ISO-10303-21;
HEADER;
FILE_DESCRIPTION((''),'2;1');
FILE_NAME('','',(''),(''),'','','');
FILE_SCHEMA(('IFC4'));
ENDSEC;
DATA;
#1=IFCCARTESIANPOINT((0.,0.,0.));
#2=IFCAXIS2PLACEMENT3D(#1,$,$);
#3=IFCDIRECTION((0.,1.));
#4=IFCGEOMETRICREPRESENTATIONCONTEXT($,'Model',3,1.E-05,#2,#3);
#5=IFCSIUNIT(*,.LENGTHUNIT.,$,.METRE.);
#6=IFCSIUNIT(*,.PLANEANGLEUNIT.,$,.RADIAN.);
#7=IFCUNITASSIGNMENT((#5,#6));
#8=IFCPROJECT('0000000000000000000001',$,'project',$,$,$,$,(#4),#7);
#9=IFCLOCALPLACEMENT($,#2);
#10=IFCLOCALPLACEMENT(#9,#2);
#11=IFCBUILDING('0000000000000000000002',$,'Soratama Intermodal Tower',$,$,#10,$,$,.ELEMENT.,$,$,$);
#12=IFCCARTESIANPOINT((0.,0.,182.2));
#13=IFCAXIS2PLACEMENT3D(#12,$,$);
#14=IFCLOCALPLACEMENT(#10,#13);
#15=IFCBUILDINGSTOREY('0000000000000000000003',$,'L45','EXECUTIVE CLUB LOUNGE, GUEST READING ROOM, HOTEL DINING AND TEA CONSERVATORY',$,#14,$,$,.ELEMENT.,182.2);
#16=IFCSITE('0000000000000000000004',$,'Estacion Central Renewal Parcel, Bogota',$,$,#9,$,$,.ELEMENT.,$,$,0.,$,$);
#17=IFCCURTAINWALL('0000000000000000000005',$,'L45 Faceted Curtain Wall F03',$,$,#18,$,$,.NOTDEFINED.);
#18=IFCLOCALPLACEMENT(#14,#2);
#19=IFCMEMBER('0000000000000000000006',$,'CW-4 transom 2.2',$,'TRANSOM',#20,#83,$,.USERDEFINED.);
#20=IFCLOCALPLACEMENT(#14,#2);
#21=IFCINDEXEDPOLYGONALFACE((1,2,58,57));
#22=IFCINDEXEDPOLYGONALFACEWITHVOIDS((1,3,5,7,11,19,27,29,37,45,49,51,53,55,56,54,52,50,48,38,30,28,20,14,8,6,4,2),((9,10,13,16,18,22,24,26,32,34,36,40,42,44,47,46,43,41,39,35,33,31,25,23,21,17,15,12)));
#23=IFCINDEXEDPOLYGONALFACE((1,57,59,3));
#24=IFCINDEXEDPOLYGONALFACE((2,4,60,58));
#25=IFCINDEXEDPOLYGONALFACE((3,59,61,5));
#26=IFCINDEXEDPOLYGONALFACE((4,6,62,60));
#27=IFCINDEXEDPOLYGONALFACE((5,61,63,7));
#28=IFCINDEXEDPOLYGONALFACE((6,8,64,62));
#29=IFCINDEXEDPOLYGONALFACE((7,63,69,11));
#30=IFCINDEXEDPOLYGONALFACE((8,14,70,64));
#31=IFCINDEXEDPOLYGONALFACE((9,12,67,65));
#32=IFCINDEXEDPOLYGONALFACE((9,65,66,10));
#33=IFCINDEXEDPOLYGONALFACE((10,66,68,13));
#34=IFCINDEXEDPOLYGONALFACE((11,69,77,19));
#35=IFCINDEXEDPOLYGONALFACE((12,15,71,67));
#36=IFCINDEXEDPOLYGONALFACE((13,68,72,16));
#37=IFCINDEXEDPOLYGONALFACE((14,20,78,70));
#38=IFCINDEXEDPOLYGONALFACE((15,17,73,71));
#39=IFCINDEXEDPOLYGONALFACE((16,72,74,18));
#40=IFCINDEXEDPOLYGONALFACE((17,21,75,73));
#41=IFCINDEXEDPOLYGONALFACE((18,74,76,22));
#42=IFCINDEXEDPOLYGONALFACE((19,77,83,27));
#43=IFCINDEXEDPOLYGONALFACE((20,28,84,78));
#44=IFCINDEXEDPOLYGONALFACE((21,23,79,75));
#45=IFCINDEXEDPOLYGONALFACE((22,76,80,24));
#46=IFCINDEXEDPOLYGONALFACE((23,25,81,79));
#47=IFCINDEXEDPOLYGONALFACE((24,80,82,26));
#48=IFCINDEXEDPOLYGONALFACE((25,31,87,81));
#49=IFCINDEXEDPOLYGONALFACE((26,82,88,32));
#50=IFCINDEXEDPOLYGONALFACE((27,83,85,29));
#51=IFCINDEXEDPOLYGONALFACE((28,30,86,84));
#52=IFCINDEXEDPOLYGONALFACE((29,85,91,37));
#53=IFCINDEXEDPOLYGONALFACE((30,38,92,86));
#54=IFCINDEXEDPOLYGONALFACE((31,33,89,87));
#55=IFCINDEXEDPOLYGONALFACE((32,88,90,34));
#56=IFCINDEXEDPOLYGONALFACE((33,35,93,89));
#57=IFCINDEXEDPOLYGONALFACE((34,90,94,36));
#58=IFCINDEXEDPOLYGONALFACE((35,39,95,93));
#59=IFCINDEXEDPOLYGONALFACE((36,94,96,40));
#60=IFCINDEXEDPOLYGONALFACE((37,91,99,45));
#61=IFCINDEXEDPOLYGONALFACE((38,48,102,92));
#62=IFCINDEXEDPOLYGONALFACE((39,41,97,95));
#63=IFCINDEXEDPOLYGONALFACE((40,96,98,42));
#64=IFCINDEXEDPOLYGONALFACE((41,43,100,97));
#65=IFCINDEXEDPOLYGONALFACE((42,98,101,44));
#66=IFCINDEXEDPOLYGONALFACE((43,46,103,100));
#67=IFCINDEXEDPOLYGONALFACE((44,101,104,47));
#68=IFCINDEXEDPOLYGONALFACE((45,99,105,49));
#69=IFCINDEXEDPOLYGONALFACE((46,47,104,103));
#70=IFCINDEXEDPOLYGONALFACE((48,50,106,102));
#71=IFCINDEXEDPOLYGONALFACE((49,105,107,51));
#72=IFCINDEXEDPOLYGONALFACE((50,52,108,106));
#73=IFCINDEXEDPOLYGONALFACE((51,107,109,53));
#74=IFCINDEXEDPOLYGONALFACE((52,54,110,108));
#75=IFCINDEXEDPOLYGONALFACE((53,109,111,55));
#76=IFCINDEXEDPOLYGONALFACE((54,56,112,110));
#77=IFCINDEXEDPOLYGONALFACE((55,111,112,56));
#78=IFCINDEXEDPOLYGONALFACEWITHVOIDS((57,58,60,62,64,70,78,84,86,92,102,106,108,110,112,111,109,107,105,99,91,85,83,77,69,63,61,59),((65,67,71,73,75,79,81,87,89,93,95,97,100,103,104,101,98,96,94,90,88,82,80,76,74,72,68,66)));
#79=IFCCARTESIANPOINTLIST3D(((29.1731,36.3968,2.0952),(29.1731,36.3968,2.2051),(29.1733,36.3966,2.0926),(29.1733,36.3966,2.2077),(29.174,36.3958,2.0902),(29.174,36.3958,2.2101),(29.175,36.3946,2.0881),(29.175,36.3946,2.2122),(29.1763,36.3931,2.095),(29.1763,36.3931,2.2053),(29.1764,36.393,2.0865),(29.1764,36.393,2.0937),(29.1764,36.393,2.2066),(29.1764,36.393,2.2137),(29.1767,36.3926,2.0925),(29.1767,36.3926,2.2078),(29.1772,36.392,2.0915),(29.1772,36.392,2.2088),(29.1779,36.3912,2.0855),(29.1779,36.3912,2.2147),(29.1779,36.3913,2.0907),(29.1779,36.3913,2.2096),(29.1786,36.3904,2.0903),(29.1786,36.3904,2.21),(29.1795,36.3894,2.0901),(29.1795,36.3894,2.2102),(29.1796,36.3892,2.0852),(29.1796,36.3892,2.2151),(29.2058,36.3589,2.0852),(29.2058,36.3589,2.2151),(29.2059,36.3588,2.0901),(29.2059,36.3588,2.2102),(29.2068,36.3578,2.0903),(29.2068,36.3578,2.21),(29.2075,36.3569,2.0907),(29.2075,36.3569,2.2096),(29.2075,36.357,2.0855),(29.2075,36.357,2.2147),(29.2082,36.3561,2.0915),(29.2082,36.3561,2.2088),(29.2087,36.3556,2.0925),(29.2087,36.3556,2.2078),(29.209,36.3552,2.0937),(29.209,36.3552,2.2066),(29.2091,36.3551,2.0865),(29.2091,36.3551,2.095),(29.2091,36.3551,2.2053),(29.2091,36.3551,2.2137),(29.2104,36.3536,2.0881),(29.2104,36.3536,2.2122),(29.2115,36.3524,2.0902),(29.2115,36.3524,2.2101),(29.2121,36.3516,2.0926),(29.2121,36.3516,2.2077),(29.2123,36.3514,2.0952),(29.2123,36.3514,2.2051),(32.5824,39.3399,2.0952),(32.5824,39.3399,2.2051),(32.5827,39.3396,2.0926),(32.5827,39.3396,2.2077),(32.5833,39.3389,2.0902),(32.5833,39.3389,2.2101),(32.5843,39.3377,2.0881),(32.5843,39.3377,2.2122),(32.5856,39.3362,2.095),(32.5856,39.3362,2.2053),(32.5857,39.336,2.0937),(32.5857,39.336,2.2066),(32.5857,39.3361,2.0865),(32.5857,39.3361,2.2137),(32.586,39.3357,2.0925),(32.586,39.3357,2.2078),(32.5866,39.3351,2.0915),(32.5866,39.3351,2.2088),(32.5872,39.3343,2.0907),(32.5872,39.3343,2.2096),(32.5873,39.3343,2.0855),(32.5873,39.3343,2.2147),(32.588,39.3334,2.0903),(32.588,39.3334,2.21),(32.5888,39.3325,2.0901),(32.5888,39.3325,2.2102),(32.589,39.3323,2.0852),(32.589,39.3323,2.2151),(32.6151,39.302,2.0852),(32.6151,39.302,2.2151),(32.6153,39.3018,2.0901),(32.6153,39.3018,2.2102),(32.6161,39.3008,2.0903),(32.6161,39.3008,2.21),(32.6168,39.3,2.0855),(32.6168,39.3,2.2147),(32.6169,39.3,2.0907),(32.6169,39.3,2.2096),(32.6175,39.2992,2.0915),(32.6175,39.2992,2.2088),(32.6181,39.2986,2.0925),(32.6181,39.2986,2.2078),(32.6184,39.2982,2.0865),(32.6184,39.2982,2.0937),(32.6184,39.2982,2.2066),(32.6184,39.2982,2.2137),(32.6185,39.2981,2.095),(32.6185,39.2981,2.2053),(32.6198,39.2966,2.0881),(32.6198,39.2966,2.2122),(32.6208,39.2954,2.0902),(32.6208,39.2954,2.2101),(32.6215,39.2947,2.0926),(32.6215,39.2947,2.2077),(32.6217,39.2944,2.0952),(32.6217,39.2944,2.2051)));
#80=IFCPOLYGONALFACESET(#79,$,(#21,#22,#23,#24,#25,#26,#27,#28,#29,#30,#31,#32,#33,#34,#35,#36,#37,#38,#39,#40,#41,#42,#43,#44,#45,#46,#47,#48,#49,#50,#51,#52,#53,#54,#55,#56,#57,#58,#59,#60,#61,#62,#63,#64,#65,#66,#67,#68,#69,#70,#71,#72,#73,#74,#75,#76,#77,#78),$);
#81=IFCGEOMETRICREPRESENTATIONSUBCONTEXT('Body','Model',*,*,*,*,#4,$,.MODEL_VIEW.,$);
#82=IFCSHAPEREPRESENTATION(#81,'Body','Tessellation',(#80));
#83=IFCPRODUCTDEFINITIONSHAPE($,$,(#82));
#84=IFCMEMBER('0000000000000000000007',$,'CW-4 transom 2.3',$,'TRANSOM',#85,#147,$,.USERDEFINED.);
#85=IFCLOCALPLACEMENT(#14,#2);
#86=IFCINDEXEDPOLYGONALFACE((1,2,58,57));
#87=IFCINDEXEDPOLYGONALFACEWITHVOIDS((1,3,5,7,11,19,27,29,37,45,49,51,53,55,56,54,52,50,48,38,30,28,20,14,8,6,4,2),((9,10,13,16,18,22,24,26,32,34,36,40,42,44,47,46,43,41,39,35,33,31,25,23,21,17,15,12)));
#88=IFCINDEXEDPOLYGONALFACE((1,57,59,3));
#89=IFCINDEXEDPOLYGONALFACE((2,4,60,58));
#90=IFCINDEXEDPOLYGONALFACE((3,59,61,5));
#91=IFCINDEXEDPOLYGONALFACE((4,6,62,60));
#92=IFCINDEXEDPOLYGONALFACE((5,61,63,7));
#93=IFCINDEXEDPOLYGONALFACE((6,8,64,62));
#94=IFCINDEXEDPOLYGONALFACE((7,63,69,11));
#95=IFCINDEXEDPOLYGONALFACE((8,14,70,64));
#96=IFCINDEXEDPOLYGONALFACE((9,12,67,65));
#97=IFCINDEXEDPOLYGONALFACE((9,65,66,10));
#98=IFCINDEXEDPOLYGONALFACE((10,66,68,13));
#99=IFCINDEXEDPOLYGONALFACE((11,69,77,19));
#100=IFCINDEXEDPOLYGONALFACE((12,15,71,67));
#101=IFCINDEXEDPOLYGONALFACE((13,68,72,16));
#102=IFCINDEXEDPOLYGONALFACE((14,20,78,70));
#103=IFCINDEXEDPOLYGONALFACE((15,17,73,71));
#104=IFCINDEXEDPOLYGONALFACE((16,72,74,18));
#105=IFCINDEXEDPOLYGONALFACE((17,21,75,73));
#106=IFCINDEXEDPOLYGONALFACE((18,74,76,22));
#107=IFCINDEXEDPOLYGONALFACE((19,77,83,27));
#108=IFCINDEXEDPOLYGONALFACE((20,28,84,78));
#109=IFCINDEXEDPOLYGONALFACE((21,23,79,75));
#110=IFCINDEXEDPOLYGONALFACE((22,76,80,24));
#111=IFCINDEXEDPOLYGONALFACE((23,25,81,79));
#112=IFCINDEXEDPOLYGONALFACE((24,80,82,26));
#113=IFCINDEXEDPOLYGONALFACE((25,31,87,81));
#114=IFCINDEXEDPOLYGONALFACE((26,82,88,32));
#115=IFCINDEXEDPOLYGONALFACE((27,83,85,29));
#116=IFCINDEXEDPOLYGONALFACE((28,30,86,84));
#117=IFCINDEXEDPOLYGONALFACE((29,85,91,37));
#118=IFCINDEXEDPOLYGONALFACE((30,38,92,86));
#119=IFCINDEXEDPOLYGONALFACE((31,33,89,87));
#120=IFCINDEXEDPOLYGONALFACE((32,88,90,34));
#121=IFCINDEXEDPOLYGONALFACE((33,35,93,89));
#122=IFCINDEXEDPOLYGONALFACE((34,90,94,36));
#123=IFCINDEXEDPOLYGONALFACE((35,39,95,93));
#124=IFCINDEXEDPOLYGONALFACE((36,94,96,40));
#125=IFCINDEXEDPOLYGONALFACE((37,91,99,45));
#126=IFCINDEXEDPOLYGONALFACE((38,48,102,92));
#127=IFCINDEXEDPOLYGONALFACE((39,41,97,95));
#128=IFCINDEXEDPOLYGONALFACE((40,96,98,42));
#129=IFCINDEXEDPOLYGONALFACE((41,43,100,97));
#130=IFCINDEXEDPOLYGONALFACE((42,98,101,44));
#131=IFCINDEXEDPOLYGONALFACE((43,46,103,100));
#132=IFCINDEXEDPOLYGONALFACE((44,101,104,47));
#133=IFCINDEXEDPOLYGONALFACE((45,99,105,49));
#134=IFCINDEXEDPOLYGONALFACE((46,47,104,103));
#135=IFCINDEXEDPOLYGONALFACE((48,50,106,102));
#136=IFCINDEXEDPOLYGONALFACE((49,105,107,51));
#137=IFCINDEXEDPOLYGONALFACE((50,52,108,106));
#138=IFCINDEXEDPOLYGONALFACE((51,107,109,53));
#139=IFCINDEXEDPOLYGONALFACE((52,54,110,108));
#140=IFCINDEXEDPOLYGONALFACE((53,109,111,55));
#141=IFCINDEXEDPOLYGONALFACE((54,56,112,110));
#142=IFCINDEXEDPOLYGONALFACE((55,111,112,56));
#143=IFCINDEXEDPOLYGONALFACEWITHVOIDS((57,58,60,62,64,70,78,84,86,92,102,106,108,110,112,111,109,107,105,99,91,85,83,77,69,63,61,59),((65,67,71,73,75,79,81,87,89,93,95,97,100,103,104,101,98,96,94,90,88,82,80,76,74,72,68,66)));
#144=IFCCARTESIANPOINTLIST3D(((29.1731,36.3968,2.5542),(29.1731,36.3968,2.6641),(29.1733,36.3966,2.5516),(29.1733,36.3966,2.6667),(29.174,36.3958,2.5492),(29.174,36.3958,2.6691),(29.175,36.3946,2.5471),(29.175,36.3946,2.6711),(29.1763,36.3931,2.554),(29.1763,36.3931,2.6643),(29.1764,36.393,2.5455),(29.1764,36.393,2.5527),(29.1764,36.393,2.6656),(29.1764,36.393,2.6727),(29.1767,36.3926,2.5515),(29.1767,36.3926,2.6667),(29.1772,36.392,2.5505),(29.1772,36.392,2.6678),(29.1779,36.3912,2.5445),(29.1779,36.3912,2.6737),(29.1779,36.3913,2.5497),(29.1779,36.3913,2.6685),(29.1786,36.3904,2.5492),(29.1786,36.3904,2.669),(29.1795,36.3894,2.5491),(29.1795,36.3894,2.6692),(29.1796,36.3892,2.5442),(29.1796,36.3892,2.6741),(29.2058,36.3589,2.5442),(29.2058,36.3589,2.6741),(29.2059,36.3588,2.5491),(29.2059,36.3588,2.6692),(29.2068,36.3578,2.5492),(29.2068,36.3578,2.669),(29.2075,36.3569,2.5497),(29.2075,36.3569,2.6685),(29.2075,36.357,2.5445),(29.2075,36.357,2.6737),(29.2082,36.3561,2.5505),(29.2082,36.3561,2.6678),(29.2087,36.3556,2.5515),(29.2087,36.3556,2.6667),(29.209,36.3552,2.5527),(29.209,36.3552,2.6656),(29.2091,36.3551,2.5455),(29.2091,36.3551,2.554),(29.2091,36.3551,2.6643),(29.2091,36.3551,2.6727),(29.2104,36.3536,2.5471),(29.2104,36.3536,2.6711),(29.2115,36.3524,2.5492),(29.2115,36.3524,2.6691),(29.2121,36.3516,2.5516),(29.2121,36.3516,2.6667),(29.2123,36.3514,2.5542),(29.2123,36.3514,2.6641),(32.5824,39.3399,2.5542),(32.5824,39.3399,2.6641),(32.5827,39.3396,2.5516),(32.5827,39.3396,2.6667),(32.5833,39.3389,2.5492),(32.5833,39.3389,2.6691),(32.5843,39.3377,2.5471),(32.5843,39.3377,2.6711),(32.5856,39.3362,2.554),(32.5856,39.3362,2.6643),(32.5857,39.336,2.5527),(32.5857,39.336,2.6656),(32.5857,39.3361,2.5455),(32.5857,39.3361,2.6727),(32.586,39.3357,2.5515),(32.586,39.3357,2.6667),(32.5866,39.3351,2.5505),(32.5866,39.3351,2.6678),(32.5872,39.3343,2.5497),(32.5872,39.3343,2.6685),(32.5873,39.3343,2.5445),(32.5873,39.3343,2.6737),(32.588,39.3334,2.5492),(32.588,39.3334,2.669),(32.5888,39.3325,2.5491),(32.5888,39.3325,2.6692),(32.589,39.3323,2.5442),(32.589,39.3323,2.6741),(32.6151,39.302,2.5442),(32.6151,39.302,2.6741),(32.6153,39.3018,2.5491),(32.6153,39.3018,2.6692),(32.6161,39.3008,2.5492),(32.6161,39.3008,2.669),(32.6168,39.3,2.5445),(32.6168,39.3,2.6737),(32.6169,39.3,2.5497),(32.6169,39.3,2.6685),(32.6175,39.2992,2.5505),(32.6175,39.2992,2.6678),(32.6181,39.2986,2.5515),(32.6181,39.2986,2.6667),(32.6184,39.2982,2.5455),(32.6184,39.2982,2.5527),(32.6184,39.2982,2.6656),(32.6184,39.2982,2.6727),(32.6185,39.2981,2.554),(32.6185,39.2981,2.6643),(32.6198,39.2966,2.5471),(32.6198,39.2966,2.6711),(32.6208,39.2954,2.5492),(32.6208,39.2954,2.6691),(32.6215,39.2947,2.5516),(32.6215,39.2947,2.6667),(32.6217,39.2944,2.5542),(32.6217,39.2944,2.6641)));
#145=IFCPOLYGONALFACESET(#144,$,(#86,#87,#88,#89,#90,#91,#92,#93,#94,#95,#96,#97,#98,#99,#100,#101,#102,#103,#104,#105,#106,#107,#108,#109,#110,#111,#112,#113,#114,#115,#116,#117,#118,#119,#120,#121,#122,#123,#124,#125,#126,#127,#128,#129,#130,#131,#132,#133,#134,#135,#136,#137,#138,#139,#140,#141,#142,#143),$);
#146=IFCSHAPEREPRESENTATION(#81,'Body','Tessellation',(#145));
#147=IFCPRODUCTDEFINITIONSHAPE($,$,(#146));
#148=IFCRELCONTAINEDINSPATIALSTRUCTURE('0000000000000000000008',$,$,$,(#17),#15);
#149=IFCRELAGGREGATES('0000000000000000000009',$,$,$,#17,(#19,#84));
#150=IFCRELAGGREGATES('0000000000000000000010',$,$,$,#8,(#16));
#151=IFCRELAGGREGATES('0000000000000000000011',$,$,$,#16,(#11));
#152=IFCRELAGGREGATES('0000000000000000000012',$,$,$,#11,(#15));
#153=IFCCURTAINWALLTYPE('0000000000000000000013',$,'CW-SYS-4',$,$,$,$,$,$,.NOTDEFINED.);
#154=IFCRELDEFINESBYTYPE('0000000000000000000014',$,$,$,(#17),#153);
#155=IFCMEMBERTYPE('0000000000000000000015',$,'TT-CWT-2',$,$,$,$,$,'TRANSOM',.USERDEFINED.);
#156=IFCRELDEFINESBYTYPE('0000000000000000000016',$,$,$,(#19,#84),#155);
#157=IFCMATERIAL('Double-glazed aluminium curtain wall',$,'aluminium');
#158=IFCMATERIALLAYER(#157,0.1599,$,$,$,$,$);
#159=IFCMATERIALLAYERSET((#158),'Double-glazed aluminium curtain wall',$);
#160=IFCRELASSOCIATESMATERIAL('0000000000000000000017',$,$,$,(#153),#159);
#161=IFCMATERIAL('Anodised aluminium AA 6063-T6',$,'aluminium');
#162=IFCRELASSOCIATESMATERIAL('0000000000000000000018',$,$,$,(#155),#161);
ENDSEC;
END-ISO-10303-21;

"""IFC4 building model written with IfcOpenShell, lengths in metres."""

from ifc_helpers import new_model, si_unit, direction, frame, origin, origin_2d, place, context, subcontext, project, spatial, hollow_rectangle, extrude, material, layer, layer_set, material_profile, profile_set, type_object, element, aggregate, save


model = new_model("IFC4")

# Units and contexts
model_context = context("Model", 3, precision=1e-05, world=origin(), true_north=direction((0.0, 1.0)))
body_context = subcontext(model_context, "Body", "Model", "MODEL_VIEW")
ifc_project = project(units=[si_unit("LENGTHUNIT", "METRE"), si_unit("PLANEANGLEUNIT", "RADIAN")], contexts=[model_context])

# Site, building, storey
site_placement = place(None, origin())
site = spatial("IfcSite", under=ifc_project, at=site_placement, Name="Estacion Central Renewal Parcel, Bogota", CompositionType="ELEMENT", RefElevation=0.0)
building_placement = place(site_placement, origin())
building = spatial("IfcBuilding", under=site, at=building_placement, Name="Soratama Intermodal Tower", CompositionType="ELEMENT")
storey_placement = place(building_placement, frame((0.0, 0.0, 182.2)))
storey = spatial("IfcBuildingStorey", under=building, at=storey_placement, Name="L45", Description="EXECUTIVE CLUB LOUNGE, GUEST READING ROOM, HOTEL DINING AND TEA CONSERVATORY", CompositionType="ELEMENT", Elevation=182.2)

# Curtain wall
ifc_material_1 = material(Name="Double-glazed aluminium curtain wall", Category="aluminium")
ifc_layer_1 = layer(ifc_material_1, 0.1599)
ifc_layer_set_1 = layer_set([ifc_layer_1], Name="Double-glazed aluminium curtain wall")
curtain_wall_type = type_object("IfcCurtainWallType", Name="CW-SYS-4", PredefinedType="NOTDEFINED", material=ifc_layer_set_1)
curtain_wall_1_placement = place(storey_placement, origin())
curtain_wall_1 = element("IfcCurtainWall", 1, at=curtain_wall_1_placement, inside=storey, type_object=curtain_wall_type, Name="L45 Faceted Curtain Wall F03", PredefinedType="NOTDEFINED")

# Members
ifc_material_2 = material(Name="Anodised aluminium AA 6063-T6", Category="aluminium")
ifc_material_profile_1 = material_profile(ifc_material_2, hollow_rectangle(XDim=0.0601, YDim=0.1299, WallThickness=0.0049, InnerFilletRadius=0.0049, OuterFilletRadius=0.01, at=origin_2d()), Name="CWT130X60X5")
ifc_profile_set_1 = profile_set([ifc_material_profile_1], Name="Anodised aluminium AA 6063-T6")
member_type_1 = type_object("IfcMemberType", Name="TT-CWT-2", ElementType="TRANSOM", PredefinedType="USERDEFINED", material=ifc_profile_set_1)
member_1_placement = place(storey_placement, frame((32.6021, 39.3171, 2.1501), z_axis=(-0.756975, -0.653443, 0.0), x_axis=(0.653443, -0.756975, 0.0)))
member_1 = element("IfcMember", 2, at=member_1_placement, type_object=member_type_1, Name="CW-4 transom 2.2", ObjectType="TRANSOM", PredefinedType="USERDEFINED", context=body_context, shape_type="SweptSolid", body=[
    extrude(hollow_rectangle(XDim=0.0601, YDim=0.1299, WallThickness=0.0049, InnerFilletRadius=0.0049, OuterFilletRadius=0.01, at=origin_2d()), origin(), (0.0, 0.0, 1.0), 4.5039),
])
member_2_placement = place(storey_placement, frame((32.6021, 39.3171, 2.6091), z_axis=(-0.756975, -0.653443, 0.0), x_axis=(0.653443, -0.756975, 0.0)))
member_2 = element("IfcMember", 3, at=member_2_placement, type_object=member_type_1, Name="CW-4 transom 2.3", ObjectType="TRANSOM", PredefinedType="USERDEFINED", context=body_context, shape_type="SweptSolid", body=[
    extrude(hollow_rectangle(XDim=0.0601, YDim=0.1299, WallThickness=0.0049, InnerFilletRadius=0.0049, OuterFilletRadius=0.01, at=origin_2d()), origin(), (0.0, 0.0, 1.0), 4.5039),
])

aggregate(curtain_wall_1, [member_1, member_2])

save(model, "model.ifc")
